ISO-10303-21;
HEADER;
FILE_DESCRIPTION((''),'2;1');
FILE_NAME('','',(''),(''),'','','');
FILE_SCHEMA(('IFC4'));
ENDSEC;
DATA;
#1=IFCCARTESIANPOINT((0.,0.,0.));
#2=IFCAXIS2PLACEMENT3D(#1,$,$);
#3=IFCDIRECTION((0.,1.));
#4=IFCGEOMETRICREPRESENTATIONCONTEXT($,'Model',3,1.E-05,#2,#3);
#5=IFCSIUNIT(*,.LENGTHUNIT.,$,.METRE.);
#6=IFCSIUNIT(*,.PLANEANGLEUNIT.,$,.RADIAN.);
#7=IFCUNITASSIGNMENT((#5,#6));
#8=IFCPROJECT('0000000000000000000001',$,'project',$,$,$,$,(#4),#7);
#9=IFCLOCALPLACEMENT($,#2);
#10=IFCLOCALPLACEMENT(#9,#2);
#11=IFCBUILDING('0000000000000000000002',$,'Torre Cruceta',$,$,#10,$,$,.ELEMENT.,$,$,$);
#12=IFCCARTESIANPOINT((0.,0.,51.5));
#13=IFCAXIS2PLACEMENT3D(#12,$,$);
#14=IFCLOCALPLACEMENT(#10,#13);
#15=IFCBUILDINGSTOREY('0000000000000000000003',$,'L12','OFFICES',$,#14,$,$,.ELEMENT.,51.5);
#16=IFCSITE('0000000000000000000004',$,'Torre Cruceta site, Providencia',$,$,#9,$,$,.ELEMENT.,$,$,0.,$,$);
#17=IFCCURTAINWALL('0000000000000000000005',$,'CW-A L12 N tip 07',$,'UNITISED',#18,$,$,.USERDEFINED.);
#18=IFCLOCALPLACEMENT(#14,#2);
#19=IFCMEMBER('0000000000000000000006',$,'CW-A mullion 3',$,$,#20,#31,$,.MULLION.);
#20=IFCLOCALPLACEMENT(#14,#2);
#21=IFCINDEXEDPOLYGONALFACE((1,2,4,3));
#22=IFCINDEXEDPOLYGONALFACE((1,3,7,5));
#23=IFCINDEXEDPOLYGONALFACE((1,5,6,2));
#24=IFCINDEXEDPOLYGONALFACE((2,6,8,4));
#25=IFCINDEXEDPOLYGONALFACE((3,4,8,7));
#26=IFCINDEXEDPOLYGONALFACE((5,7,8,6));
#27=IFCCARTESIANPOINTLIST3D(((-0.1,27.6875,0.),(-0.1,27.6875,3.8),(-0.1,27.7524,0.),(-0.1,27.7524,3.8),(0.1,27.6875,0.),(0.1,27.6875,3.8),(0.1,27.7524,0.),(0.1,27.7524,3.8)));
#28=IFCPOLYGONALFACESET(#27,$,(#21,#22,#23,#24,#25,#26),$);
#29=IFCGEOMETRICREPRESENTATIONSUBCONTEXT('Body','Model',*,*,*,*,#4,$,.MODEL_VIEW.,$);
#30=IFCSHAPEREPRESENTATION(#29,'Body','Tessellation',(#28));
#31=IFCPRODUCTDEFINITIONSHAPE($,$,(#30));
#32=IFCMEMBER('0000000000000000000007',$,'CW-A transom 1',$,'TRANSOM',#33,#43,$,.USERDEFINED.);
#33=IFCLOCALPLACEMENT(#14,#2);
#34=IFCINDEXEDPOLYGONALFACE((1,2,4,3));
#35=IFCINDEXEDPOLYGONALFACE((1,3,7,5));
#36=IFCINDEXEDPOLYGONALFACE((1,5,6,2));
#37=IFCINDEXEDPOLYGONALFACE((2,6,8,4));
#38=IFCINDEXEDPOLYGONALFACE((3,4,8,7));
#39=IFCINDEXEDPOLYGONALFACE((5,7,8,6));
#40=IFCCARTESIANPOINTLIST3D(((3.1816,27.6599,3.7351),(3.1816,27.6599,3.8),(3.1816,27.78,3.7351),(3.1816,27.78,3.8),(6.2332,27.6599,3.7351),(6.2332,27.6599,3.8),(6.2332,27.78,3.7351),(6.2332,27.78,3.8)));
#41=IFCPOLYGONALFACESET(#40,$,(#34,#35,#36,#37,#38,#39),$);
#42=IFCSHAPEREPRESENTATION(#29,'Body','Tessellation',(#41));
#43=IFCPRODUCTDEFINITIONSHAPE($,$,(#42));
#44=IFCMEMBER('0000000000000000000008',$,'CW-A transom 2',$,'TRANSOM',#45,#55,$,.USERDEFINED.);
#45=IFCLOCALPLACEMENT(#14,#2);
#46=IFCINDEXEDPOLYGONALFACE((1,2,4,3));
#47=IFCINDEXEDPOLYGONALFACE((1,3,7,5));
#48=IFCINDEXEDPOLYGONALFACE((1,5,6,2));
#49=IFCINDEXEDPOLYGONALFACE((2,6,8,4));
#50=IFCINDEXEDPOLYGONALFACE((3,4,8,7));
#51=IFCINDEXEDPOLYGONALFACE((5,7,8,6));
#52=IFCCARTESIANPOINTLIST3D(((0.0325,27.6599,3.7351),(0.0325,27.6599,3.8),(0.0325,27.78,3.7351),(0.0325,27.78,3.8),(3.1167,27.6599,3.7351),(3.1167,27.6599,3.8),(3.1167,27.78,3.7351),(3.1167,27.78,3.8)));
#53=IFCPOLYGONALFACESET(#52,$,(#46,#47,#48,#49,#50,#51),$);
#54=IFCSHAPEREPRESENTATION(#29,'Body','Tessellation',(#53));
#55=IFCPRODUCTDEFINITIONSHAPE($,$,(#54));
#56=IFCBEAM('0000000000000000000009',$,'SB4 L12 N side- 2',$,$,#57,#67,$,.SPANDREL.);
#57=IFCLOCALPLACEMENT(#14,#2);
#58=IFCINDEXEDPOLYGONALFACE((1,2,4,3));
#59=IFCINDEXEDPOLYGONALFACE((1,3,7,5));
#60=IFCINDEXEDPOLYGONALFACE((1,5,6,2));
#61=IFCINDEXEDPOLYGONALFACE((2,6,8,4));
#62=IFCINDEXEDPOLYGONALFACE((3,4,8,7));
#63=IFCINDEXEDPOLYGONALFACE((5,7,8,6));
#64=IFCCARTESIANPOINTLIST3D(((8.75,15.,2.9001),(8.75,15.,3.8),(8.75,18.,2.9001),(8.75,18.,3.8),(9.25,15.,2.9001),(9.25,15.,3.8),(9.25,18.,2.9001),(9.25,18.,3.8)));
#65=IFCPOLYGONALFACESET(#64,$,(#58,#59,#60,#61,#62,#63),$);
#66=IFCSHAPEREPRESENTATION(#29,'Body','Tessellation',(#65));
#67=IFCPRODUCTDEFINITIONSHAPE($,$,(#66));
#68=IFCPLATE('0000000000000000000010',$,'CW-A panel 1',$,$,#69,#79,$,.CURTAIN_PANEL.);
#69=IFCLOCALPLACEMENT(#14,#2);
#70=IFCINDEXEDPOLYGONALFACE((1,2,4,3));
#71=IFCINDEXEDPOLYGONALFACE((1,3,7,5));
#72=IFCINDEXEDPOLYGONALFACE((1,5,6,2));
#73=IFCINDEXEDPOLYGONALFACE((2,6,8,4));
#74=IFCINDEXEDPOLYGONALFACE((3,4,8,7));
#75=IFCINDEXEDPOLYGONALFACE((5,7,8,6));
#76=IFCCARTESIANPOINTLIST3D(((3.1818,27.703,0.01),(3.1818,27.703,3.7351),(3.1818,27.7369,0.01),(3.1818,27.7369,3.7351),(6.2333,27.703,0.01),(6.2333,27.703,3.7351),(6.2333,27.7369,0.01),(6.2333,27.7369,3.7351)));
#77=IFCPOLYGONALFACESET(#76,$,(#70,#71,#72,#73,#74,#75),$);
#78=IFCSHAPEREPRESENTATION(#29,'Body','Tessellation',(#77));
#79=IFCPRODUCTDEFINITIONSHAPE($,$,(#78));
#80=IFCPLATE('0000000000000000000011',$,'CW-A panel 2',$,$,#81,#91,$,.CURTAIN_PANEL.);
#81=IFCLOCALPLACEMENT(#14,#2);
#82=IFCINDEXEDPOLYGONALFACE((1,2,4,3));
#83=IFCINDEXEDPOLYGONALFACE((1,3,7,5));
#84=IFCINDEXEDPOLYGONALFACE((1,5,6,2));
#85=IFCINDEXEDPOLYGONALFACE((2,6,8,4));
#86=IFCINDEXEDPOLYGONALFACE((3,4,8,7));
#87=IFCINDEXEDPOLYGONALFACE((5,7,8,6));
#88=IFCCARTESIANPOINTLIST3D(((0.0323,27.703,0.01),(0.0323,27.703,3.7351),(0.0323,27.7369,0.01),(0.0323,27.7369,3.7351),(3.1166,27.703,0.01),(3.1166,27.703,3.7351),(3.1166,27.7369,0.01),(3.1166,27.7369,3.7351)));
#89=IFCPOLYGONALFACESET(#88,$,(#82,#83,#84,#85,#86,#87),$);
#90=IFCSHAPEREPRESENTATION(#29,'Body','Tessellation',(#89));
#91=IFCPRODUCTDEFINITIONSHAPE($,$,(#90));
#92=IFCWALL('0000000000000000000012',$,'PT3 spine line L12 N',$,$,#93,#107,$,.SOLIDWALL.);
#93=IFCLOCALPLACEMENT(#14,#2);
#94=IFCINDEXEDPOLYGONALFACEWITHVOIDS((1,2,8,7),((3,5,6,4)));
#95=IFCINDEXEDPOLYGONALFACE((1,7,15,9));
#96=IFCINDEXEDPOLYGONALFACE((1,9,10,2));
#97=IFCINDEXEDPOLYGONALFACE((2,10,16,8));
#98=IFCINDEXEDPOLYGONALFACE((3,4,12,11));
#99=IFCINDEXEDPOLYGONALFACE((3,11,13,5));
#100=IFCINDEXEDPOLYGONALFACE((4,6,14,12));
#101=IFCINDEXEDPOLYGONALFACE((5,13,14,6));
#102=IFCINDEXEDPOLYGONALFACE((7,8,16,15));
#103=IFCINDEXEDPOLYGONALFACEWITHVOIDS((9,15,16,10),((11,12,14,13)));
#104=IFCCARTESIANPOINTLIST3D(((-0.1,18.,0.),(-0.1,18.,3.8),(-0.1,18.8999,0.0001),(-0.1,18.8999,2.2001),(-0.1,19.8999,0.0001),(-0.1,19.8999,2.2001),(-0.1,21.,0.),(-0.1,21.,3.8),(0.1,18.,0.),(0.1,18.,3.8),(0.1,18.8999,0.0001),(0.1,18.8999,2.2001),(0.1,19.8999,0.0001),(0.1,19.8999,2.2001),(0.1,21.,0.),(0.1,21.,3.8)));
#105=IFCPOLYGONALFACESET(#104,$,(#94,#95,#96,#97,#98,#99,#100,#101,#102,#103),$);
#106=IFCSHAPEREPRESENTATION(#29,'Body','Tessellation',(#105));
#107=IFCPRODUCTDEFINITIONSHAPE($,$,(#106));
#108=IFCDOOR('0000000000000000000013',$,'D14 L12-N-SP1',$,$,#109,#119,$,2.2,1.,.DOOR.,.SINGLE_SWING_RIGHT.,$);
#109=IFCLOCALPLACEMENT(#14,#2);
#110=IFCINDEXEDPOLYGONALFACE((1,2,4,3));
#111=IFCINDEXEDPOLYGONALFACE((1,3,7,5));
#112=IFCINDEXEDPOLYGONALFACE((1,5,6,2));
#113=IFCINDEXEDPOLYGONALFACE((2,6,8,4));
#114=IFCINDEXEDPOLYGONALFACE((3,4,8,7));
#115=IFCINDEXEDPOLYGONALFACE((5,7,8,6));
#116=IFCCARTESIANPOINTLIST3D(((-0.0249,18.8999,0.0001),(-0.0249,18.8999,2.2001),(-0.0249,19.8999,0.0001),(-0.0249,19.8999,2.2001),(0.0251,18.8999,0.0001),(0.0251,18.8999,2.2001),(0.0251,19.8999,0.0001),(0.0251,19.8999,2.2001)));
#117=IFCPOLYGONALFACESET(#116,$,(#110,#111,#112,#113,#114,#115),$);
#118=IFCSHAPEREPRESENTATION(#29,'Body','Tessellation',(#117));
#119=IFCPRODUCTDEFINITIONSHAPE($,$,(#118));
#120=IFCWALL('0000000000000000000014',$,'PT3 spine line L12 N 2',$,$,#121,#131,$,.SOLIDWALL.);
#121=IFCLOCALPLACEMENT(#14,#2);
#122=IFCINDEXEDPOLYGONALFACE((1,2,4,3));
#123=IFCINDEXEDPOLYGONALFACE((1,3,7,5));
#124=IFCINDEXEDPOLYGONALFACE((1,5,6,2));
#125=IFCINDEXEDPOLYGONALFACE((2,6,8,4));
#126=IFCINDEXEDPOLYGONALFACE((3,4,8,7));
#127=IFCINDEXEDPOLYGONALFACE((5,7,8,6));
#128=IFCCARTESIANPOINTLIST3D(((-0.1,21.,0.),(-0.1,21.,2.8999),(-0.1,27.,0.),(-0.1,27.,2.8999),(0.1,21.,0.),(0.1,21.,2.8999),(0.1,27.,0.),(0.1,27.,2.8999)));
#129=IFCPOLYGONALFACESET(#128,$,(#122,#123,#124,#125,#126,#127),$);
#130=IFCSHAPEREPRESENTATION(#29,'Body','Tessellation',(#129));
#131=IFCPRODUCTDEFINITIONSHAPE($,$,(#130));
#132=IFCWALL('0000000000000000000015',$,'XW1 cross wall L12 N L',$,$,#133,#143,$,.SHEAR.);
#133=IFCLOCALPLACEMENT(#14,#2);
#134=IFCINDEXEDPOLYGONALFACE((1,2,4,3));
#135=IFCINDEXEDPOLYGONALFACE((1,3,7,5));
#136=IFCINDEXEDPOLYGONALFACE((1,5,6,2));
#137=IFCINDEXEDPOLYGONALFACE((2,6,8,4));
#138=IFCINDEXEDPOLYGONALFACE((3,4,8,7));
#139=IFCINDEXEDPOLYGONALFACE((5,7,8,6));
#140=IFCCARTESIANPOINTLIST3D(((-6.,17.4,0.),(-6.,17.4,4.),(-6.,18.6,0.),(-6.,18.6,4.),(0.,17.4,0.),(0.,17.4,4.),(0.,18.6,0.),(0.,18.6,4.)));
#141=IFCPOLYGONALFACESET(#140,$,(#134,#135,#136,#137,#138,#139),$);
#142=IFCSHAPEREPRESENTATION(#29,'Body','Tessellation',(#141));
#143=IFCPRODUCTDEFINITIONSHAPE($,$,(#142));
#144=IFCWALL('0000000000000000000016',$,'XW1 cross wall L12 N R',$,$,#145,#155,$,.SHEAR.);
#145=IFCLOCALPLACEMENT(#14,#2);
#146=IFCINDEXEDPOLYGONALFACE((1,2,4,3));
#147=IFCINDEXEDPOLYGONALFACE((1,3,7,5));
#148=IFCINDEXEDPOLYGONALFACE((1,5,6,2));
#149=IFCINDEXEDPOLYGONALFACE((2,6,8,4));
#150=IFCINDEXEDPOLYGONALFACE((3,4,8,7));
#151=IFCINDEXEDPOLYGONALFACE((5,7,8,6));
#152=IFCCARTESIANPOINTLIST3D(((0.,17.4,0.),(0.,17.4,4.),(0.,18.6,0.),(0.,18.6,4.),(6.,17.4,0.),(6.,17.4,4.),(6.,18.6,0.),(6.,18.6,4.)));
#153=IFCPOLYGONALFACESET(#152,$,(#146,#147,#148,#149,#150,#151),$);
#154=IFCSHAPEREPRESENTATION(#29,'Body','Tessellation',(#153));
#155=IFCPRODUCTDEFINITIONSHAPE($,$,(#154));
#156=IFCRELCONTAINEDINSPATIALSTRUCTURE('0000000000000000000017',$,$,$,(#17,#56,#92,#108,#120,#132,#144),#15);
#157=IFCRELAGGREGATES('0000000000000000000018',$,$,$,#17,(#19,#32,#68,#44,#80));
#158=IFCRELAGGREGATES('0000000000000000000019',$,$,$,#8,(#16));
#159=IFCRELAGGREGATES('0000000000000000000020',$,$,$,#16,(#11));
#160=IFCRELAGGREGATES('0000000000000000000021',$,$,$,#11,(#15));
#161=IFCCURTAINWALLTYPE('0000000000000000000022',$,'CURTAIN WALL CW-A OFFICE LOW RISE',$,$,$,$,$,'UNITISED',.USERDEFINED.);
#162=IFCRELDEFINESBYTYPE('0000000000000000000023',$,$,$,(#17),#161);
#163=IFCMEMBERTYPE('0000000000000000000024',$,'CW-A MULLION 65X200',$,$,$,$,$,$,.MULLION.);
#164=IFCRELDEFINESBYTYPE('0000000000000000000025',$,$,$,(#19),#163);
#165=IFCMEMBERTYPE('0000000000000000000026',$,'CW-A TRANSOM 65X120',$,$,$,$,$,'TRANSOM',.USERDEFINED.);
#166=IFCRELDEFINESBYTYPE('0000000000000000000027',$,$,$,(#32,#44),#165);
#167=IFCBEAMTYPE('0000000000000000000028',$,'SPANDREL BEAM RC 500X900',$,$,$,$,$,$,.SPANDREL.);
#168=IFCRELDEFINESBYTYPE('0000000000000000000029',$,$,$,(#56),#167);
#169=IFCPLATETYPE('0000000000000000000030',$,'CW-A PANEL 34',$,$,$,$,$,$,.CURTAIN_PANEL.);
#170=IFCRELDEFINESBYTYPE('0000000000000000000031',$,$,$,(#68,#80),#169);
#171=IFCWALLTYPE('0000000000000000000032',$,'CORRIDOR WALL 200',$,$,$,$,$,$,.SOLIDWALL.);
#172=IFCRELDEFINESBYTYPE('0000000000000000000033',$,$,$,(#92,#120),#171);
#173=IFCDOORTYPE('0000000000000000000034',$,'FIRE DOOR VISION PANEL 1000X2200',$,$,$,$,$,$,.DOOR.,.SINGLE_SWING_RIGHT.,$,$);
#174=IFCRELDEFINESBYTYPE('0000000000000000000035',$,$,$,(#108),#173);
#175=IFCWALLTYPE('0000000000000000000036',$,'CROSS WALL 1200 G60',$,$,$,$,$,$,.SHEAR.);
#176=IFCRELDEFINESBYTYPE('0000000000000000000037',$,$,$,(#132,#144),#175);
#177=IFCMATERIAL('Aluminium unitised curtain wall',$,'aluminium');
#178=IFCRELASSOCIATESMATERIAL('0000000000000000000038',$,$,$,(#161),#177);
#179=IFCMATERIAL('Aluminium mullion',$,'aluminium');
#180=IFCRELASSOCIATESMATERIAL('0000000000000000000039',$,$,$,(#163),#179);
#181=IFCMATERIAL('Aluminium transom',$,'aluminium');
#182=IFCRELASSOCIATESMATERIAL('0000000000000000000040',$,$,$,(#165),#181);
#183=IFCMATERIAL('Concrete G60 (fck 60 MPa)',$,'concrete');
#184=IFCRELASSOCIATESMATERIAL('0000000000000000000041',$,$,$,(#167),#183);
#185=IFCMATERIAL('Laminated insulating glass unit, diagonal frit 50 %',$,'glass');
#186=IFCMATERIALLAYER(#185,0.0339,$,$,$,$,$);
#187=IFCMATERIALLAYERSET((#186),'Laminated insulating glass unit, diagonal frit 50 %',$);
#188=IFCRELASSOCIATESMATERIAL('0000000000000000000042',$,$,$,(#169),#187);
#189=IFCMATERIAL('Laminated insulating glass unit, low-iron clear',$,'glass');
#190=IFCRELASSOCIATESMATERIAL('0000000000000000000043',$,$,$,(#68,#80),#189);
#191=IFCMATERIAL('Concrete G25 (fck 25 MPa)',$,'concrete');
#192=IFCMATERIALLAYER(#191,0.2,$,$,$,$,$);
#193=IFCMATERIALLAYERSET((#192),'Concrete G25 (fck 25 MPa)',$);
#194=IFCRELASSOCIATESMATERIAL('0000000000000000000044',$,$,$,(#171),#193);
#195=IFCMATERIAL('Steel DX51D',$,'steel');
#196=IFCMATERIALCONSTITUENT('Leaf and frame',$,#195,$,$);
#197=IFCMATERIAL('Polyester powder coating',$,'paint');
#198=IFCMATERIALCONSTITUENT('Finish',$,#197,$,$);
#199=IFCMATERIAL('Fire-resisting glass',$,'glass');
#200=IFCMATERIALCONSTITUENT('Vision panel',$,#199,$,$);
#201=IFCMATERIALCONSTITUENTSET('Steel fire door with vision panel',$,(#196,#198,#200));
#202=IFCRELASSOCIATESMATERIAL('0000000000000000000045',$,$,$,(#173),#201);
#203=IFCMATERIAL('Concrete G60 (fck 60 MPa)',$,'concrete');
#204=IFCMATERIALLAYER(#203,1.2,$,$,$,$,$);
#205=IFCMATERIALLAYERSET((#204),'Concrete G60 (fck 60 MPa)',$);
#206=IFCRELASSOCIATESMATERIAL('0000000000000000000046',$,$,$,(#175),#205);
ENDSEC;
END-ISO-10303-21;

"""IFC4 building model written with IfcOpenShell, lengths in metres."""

from ifc_helpers import new_model, si_unit, direction, frame, frame_2d, origin, origin_2d, place, context, subcontext, project, spatial, rectangle, extrude, material, layer, layer_set, constituent, constituent_set, material_profile, profile_set, type_object, element, fill, aggregate, save


model = new_model("IFC4")

# Units and contexts
model_context = context("Model", 3, precision=1e-05, world=origin(), true_north=direction((0.0, 1.0)))
body_context = subcontext(model_context, "Body", "Model", "MODEL_VIEW")
ifc_project = project(units=[si_unit("LENGTHUNIT", "METRE"), si_unit("PLANEANGLEUNIT", "RADIAN")], contexts=[model_context])

# Site, building, storey
site_placement = place(None, origin())
site = spatial("IfcSite", under=ifc_project, at=site_placement, Name="Torre Cruceta site, Providencia", CompositionType="ELEMENT", RefElevation=0.0)
building_placement = place(site_placement, origin())
building = spatial("IfcBuilding", under=site, at=building_placement, Name="Torre Cruceta", CompositionType="ELEMENT")
storey_placement = place(building_placement, frame((0.0, 0.0, 51.5)))
storey = spatial("IfcBuildingStorey", under=building, at=storey_placement, Name="L12", Description="OFFICES", CompositionType="ELEMENT", Elevation=51.5)

# Curtain wall, members
ifc_material_1 = material(Name="Aluminium unitised curtain wall", Category="aluminium")
curtain_wall_type = type_object("IfcCurtainWallType", Name="CURTAIN WALL CW-A OFFICE LOW RISE", ElementType="UNITISED", PredefinedType="USERDEFINED", material=ifc_material_1)
curtain_wall_placement = place(storey_placement, origin())
curtain_wall = element("IfcCurtainWall", 1, at=curtain_wall_placement, inside=storey, type_object=curtain_wall_type, Name="CW-A L12 N tip 07", ObjectType="UNITISED", PredefinedType="USERDEFINED")
ifc_material_2 = material(Name="Aluminium mullion", Category="aluminium")
ifc_material_profile_1 = material_profile(ifc_material_2, rectangle(XDim=0.0649, YDim=0.2, at=origin_2d()), Name="AL 65X200")
ifc_profile_set_1 = profile_set([ifc_material_profile_1], Name="Aluminium mullion")
member_type_1 = type_object("IfcMemberType", Name="CW-A MULLION 65X200", PredefinedType="MULLION", material=ifc_profile_set_1)
member_1_placement = place(storey_placement, frame((0.0, 27.72, 0.0), z_axis=(0.0, 0.0, 1.0), x_axis=(0.0, -1.0, 0.0)))
member_1 = element("IfcMember", 2, at=member_1_placement, type_object=member_type_1, Name="CW-A mullion 3", PredefinedType="MULLION", context=body_context, shape_type="SweptSolid", body=[
    extrude(rectangle(XDim=0.0649, YDim=0.2, at=origin_2d()), origin(), (0.0, 0.0, 1.0), 3.8),
])
ifc_material_3 = material(Name="Aluminium transom", Category="aluminium")
ifc_material_profile_2 = material_profile(ifc_material_3, rectangle(XDim=0.1201, YDim=0.0649, at=origin_2d()), Name="AL 120X65")
ifc_profile_set_2 = profile_set([ifc_material_profile_2], Name="Aluminium transom")
member_type_2 = type_object("IfcMemberType", Name="CW-A TRANSOM 65X120", ElementType="TRANSOM", PredefinedType="USERDEFINED", material=ifc_profile_set_2)
member_2_placement = place(storey_placement, frame((6.2332, 27.72, 3.7676), z_axis=(-1.0, 0.0, 0.0), x_axis=(0.0, -1.0, 0.0)))
member_2 = element("IfcMember", 3, at=member_2_placement, type_object=member_type_2, Name="CW-A transom 1", ObjectType="TRANSOM", PredefinedType="USERDEFINED", context=body_context, shape_type="SweptSolid", body=[
    extrude(rectangle(XDim=0.1201, YDim=0.0649, at=origin_2d()), origin(), (0.0, 0.0, 1.0), 3.0515),
])
member_3_placement = place(storey_placement, frame((3.1167, 27.72, 3.7676), z_axis=(-1.0, 0.0, 0.0), x_axis=(0.0, -1.0, 0.0)))
member_3 = element("IfcMember", 4, at=member_3_placement, type_object=member_type_2, Name="CW-A transom 2", ObjectType="TRANSOM", PredefinedType="USERDEFINED", context=body_context, shape_type="SweptSolid", body=[
    extrude(rectangle(XDim=0.1201, YDim=0.0649, at=origin_2d()), origin(), (0.0, 0.0, 1.0), 3.0842),
])

# Beam
ifc_material_4 = material(Name="Concrete G60 (fck 60 MPa)", Category="concrete")
ifc_material_profile_3 = material_profile(ifc_material_4, rectangle(XDim=0.5, YDim=0.8999, at=origin_2d()), Name="RC 500X900")
ifc_profile_set_3 = profile_set([ifc_material_profile_3], Name="Concrete G60 (fck 60 MPa)")
beam_type_1 = type_object("IfcBeamType", Name="SPANDREL BEAM RC 500X900", PredefinedType="SPANDREL", material=ifc_profile_set_3)
beam_placement = place(storey_placement, frame((9.0, 15.0, 3.3501), z_axis=(0.0, 1.0, 0.0), x_axis=(-1.0, 0.0, 0.0)))
element("IfcBeam", 5, at=beam_placement, inside=storey, type_object=beam_type_1, Name="SB4 L12 N side- 2", PredefinedType="SPANDREL", context=body_context, shape_type="SweptSolid", body=[
    extrude(rectangle(XDim=0.5, YDim=0.8999, at=origin_2d()), origin(), (0.0, 0.0, 1.0), 3.0),
])

# Plates
ifc_material_5 = material(Name="Laminated insulating glass unit, low-iron clear", Category="glass")
ifc_material_6 = material(Name="Laminated insulating glass unit, diagonal frit 50 %", Category="glass")
ifc_layer_1 = layer(ifc_material_6, 0.0339)
ifc_layer_set_1 = layer_set([ifc_layer_1], Name="Laminated insulating glass unit, diagonal frit 50 %")
plate_type = type_object("IfcPlateType", Name="CW-A PANEL 34", PredefinedType="CURTAIN_PANEL", material=ifc_layer_set_1)
plate_1_placement = place(storey_placement, frame((4.7075, 27.72, 0.01), z_axis=(0.0, 0.0, 1.0), x_axis=(-1.0, 0.0, 0.0)))
plate_1 = element("IfcPlate", 6, at=plate_1_placement, type_object=plate_type, material=ifc_material_5, Name="CW-A panel 1", PredefinedType="CURTAIN_PANEL", context=body_context, shape_type="SweptSolid", body=[
    extrude(rectangle(XDim=3.0515, YDim=0.0339, at=origin_2d()), origin(), (0.0, 0.0, 1.0), 3.7251),
])
plate_2_placement = place(storey_placement, frame((1.5745, 27.72, 0.01), z_axis=(0.0, 0.0, 1.0), x_axis=(-1.0, 0.0, 0.0)))
plate_2 = element("IfcPlate", 7, at=plate_2_placement, type_object=plate_type, material=ifc_material_5, Name="CW-A panel 2", PredefinedType="CURTAIN_PANEL", context=body_context, shape_type="SweptSolid", body=[
    extrude(rectangle(XDim=3.0842, YDim=0.0339, at=origin_2d()), origin(), (0.0, 0.0, 1.0), 3.7251),
])
aggregate(curtain_wall, [member_1, member_2, plate_1, member_3, plate_2])

# Wall, opening, door
ifc_material_7 = material(Name="Concrete G25 (fck 25 MPa)", Category="concrete")
ifc_layer_2 = layer(ifc_material_7, 0.2)
ifc_layer_set_2 = layer_set([ifc_layer_2], Name="Concrete G25 (fck 25 MPa)")
wall_type_1 = type_object("IfcWallType", Name="CORRIDOR WALL 200", PredefinedType="SOLIDWALL", material=ifc_layer_set_2)
wall_1_placement = place(storey_placement, frame((0.0, 18.0, 0.0), z_axis=(0.0, 0.0, 1.0), x_axis=(0.0, 1.0, 0.0)))
wall_1 = element("IfcWall", 8, at=wall_1_placement, inside=storey, type_object=wall_type_1, Name="PT3 spine line L12 N", PredefinedType="SOLIDWALL", context=body_context, shape_type="SweptSolid", body=[
    extrude(rectangle(XDim=3.0, YDim=0.2, at=frame_2d((1.5, 0.0))), origin(), (0.0, 0.0, 1.0), 3.8),
])
opening_1_placement = place(wall_1_placement, frame((0.8999, 0.0, 0.0)))
opening_1 = element("IfcOpeningElement", 9, at=opening_1_placement, cuts=wall_1, PredefinedType="OPENING", context=body_context, shape_type="SweptSolid", body=[
    extrude(rectangle(XDim=1.0, YDim=2.2, at=frame_2d((0.5, 1.1001))), frame((0.0, 0.1099, 0.0), z_axis=(0.0, -1.0, 0.0), x_axis=(1.0, 0.0, 0.0)), (0.0, 0.0, 1.0), 0.22),
])
ifc_material_8 = material(Name="Steel DX51D", Category="steel")
ifc_constituent_1 = constituent(ifc_material_8, Name="Leaf and frame")
ifc_material_9 = material(Name="Polyester powder coating", Category="paint")
ifc_constituent_2 = constituent(ifc_material_9, Name="Finish")
ifc_material_10 = material(Name="Fire-resisting glass", Category="glass")
ifc_constituent_3 = constituent(ifc_material_10, Name="Vision panel")
ifc_constituent_set_1 = constituent_set(constituents=[ifc_constituent_1, ifc_constituent_2, ifc_constituent_3], Name="Steel fire door with vision panel")
door_type_1 = type_object("IfcDoorType", Name="FIRE DOOR VISION PANEL 1000X2200", OperationType="SINGLE_SWING_RIGHT", PredefinedType="DOOR", material=ifc_constituent_set_1)
door_1_placement = place(opening_1_placement, frame((1.0, 0.0, 0.0), z_axis=(0.0, 0.0, 1.0), x_axis=(-1.0, 0.0, 0.0)))
door_1 = element("IfcDoor", 10, at=door_1_placement, inside=storey, type_object=door_type_1, Name="D14 L12-N-SP1", OperationType="SINGLE_SWING_RIGHT", OverallHeight=2.2, OverallWidth=1.0, PredefinedType="DOOR", context=body_context, shape_type="SweptSolid", body=[
    extrude(rectangle(XDim=1.0, YDim=2.2, at=frame_2d((0.5, 1.1001))), frame((0.0, 0.0251, 0.0), z_axis=(0.0, -1.0, 0.0), x_axis=(1.0, 0.0, 0.0)), (0.0, 0.0, 1.0), 0.05),
])
fill(opening_1, door_1)

# Walls
wall_2_placement = place(storey_placement, frame((0.0, 21.0, 0.0), z_axis=(0.0, 0.0, 1.0), x_axis=(0.0, 1.0, 0.0)))
element("IfcWall", 11, at=wall_2_placement, inside=storey, type_object=wall_type_1, Name="PT3 spine line L12 N 2", PredefinedType="SOLIDWALL", context=body_context, shape_type="SweptSolid", body=[
    extrude(rectangle(XDim=6.0, YDim=0.2, at=frame_2d((3.0, 0.0))), origin(), (0.0, 0.0, 1.0), 2.8999),
])
ifc_material_11 = material(Name="Concrete G60 (fck 60 MPa)", Category="concrete")
ifc_layer_3 = layer(ifc_material_11, 1.2)
ifc_layer_set_3 = layer_set([ifc_layer_3], Name="Concrete G60 (fck 60 MPa)")
wall_type_2 = type_object("IfcWallType", Name="CROSS WALL 1200 G60", PredefinedType="SHEAR", material=ifc_layer_set_3)
for number, where, z_axis, x_axis, name in (
    (12, (0.0, 18.0, 0.0), (0.0, 0.0, 1.0), (-1.0, 0.0, 0.0), "XW1 cross wall L12 N L"),
    (13, (0.0, 18.0, 0.0), (0.0, 0.0, 1.0), (1.0, 0.0, 0.0), "XW1 cross wall L12 N R"),
):
    element("IfcWall", number, at=place(storey_placement, frame(where, z_axis=z_axis, x_axis=x_axis)), inside=storey, type_object=wall_type_2, Name=name, PredefinedType="SHEAR", context=body_context, shape_type="SweptSolid", body=[
        extrude(rectangle(XDim=6.0, YDim=1.2, at=frame_2d((3.0, 0.0))), origin(), (0.0, 0.0, 1.0), 4.0),
    ])

save(model, "model.ifc")
